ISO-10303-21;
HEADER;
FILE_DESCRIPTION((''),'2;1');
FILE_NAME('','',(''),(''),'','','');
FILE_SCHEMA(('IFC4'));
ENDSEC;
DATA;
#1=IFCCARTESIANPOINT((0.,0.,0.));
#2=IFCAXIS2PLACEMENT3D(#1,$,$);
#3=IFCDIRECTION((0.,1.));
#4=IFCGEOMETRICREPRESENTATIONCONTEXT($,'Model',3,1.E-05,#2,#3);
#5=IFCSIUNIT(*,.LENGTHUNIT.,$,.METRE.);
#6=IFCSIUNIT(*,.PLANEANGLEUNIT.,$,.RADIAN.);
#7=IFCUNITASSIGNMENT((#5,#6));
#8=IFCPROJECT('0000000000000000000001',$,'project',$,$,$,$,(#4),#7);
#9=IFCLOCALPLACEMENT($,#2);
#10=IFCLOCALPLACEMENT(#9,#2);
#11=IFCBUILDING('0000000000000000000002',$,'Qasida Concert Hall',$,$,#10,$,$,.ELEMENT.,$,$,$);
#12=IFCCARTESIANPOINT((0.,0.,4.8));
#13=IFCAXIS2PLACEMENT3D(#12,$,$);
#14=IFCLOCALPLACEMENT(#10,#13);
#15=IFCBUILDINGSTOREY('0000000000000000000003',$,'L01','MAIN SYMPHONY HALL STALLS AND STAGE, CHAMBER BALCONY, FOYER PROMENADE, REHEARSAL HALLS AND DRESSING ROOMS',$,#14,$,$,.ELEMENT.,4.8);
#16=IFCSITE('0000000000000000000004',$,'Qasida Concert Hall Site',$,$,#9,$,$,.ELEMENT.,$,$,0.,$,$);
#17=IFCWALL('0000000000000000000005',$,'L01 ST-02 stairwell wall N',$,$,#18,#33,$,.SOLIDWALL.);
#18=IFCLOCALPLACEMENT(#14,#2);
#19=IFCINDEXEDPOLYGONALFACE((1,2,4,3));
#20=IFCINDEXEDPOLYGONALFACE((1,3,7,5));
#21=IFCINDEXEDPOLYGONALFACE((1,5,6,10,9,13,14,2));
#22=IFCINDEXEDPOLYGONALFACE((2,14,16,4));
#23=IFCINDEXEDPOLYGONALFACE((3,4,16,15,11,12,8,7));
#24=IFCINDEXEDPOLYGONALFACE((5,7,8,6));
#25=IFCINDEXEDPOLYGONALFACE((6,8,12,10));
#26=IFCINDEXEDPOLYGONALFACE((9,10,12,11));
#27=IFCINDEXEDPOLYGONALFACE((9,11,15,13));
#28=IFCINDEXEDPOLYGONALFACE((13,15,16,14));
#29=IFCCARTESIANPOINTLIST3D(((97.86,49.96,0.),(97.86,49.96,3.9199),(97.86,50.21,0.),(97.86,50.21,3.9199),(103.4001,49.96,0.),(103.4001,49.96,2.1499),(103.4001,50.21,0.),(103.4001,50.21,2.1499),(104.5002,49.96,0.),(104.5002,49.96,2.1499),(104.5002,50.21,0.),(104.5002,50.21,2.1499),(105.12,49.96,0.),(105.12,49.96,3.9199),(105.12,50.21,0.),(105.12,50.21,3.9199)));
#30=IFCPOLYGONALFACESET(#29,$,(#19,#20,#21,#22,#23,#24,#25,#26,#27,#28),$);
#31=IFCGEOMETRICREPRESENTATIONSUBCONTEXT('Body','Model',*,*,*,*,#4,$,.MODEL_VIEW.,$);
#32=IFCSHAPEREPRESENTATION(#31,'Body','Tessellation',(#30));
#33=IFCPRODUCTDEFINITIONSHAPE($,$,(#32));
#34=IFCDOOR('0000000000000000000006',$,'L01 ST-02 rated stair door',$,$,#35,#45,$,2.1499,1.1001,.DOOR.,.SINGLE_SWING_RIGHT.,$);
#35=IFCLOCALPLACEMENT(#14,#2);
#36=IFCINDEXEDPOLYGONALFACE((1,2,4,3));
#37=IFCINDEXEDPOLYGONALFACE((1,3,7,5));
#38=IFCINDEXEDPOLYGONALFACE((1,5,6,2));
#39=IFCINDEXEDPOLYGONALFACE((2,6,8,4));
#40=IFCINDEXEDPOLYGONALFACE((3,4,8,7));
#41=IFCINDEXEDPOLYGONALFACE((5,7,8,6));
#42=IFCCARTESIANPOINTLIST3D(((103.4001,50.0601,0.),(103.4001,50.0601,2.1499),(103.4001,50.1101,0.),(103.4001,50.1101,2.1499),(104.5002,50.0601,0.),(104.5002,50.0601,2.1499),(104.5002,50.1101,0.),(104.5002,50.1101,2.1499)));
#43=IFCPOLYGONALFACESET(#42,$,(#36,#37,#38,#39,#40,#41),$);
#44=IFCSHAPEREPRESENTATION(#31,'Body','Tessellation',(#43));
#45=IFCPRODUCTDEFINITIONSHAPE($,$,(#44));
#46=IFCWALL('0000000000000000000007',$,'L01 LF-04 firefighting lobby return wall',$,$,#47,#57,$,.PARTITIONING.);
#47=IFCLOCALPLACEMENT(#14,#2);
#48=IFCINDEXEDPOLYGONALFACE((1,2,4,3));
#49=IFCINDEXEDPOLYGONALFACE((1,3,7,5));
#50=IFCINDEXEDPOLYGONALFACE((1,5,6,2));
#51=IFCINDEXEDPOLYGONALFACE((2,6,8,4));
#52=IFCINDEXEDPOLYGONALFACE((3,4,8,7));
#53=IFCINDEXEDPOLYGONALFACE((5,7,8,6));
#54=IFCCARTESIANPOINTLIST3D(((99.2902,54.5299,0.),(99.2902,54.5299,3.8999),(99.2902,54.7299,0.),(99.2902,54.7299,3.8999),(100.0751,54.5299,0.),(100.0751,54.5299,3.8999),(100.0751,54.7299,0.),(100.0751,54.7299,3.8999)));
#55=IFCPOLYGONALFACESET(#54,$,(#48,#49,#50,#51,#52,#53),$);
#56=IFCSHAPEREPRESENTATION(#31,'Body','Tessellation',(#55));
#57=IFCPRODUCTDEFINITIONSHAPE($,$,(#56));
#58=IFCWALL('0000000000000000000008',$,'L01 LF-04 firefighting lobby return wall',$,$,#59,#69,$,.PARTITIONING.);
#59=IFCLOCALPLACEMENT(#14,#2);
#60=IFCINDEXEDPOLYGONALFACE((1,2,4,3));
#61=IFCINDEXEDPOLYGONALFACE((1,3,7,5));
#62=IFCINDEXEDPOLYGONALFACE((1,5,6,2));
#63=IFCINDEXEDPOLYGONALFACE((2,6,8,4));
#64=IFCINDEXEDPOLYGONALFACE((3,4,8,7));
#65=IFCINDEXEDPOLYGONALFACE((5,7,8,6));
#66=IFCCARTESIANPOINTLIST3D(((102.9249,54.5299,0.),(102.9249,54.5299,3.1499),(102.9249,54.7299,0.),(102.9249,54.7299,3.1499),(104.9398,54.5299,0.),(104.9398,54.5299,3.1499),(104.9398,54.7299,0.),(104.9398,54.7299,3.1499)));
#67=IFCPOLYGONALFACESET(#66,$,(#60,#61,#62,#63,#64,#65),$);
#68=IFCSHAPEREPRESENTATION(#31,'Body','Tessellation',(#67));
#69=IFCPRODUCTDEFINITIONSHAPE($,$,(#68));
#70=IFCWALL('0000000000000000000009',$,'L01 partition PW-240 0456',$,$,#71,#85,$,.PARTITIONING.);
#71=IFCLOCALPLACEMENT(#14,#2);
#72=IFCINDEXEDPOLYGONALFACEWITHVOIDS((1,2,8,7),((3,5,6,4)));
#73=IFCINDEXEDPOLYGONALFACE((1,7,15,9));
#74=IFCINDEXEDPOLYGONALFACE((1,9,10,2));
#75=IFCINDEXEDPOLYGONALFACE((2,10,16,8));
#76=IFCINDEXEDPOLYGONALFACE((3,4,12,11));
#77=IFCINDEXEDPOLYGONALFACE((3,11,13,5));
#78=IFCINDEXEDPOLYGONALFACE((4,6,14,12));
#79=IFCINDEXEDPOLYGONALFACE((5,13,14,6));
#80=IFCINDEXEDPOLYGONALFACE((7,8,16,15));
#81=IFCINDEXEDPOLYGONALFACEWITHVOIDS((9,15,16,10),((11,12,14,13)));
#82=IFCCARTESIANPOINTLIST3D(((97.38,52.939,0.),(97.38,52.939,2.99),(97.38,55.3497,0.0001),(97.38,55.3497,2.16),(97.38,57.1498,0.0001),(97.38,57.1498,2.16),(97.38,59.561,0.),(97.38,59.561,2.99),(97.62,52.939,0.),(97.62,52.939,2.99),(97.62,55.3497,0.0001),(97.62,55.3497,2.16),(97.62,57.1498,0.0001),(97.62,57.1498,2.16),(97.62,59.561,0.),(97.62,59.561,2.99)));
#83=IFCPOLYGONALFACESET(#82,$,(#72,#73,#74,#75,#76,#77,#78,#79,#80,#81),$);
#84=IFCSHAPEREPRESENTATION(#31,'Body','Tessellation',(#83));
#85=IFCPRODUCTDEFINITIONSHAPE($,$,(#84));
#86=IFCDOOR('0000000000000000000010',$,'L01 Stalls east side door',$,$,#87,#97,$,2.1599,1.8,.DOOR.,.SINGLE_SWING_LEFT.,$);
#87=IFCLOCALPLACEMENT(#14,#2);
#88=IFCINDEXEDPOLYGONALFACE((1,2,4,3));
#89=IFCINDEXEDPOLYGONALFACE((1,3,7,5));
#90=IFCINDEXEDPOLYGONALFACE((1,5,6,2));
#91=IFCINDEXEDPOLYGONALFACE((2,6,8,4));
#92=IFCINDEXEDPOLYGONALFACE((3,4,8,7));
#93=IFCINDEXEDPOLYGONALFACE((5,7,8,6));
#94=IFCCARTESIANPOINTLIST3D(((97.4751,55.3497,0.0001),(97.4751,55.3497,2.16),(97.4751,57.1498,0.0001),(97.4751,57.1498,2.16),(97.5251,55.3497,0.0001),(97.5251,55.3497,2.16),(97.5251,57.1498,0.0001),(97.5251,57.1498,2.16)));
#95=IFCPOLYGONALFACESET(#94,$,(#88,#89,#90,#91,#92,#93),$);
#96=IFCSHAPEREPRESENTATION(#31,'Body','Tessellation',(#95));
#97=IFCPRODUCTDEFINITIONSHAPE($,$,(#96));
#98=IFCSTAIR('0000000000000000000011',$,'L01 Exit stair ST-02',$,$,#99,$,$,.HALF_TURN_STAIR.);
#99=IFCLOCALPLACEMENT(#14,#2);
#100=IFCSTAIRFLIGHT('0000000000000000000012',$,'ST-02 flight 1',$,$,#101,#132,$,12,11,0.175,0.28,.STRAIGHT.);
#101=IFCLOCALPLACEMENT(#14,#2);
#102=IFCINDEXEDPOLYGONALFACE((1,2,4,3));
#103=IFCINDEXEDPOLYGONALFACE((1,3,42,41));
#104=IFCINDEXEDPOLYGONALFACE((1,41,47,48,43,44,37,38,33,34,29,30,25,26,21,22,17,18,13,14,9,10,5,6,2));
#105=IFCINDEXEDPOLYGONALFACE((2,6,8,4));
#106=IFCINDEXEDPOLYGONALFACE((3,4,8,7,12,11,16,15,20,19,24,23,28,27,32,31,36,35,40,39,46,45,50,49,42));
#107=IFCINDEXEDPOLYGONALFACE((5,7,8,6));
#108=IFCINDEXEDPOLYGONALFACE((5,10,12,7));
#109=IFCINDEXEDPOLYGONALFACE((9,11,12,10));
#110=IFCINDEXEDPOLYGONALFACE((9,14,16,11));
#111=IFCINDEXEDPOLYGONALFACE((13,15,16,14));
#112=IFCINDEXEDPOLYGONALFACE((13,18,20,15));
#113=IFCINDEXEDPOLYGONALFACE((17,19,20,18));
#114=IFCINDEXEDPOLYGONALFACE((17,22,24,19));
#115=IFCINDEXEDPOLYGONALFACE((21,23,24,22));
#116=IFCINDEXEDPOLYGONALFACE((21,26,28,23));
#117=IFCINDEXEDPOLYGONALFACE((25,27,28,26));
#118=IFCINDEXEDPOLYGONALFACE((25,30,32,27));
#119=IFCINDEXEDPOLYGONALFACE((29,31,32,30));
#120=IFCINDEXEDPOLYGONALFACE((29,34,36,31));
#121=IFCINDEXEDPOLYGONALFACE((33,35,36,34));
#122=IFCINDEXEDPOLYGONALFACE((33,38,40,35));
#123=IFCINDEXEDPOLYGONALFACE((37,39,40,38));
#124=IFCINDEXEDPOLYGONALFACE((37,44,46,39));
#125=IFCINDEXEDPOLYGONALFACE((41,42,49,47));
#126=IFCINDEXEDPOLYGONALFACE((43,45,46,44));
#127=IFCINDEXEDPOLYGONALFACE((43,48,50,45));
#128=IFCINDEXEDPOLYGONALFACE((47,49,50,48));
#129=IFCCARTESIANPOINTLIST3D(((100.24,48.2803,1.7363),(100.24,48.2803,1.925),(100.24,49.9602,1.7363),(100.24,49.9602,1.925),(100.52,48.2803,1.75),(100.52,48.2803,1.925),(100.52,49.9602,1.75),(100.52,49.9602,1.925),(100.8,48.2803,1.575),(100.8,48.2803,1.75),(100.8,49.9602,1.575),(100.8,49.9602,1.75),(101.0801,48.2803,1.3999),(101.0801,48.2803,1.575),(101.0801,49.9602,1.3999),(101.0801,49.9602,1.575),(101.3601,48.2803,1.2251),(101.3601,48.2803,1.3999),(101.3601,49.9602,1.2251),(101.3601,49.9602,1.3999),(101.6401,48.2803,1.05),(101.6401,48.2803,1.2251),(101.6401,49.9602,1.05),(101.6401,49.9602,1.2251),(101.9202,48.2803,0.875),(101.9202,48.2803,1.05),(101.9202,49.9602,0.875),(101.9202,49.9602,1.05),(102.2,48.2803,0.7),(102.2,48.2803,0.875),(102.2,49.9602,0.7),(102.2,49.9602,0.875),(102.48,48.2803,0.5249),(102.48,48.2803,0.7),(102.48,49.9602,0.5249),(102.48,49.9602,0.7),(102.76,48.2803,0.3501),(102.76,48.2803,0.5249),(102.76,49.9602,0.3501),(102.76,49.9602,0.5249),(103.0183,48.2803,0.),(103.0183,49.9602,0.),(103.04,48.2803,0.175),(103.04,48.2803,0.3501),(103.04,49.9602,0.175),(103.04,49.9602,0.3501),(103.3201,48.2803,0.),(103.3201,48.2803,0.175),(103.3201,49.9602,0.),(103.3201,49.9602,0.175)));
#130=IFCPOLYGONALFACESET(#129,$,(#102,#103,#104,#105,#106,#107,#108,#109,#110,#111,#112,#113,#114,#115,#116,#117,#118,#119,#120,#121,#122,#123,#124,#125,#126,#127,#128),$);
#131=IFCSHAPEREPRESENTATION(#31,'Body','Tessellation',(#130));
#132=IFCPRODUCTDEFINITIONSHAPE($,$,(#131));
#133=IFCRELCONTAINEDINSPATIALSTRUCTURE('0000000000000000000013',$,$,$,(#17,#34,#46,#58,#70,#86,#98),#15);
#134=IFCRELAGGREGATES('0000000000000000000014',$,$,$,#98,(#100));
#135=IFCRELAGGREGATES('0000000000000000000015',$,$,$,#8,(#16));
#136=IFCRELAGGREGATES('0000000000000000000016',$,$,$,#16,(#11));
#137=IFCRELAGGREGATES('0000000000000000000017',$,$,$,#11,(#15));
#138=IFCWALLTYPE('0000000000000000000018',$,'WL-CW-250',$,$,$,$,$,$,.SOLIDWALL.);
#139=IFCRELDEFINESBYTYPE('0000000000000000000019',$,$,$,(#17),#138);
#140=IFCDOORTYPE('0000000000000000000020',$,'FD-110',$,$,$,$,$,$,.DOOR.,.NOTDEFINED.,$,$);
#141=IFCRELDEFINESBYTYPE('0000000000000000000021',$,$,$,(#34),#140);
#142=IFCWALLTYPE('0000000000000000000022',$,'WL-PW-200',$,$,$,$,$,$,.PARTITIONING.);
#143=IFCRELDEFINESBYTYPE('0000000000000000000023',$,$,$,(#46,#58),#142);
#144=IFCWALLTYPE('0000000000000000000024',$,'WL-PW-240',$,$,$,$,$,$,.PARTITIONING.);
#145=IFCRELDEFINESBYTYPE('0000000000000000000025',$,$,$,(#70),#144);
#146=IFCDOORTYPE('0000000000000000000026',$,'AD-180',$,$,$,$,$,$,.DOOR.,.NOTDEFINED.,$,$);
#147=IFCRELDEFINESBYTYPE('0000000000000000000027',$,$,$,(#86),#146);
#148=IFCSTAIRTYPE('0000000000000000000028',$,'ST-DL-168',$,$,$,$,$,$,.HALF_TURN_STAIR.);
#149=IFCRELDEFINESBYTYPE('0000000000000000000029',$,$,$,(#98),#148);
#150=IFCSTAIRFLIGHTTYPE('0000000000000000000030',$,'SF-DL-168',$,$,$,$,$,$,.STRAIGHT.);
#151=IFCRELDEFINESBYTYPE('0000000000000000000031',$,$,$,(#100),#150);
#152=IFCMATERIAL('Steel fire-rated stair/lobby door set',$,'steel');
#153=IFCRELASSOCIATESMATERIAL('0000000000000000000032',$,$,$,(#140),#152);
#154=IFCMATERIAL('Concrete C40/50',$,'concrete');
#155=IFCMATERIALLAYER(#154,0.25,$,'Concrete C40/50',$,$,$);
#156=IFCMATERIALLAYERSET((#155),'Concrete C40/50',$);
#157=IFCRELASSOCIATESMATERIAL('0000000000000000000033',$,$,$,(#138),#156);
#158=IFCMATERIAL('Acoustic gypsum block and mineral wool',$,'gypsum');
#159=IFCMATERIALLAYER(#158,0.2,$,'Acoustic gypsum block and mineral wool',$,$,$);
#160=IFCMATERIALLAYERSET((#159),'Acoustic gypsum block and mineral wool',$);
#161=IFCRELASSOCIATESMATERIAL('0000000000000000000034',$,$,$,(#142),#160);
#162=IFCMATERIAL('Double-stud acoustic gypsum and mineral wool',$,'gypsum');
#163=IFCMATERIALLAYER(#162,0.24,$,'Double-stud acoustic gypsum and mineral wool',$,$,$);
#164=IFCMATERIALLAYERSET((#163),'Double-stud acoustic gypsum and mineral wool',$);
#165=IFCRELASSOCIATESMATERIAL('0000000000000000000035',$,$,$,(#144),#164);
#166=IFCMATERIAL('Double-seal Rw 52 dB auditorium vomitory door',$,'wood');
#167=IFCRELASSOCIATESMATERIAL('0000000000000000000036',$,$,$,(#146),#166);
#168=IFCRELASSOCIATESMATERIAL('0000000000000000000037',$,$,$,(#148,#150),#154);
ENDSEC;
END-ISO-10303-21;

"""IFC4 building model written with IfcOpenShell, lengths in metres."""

from ifc_helpers import new_model, si_unit, direction, frame, frame_2d, origin, place, context, subcontext, project, spatial, polyline, rectangle, outline, extrude, material, layer, layer_set, type_object, element, fill, aggregate, save


model = new_model("IFC4")

# Units and contexts
model_context = context("Model", 3, precision=1e-05, world=origin(), true_north=direction((0.0, 1.0)))
body_context = subcontext(model_context, "Body", "Model", "MODEL_VIEW")
ifc_project = project(units=[si_unit("LENGTHUNIT", "METRE"), si_unit("PLANEANGLEUNIT", "RADIAN")], contexts=[model_context])

# Site, building, storey
site_placement = place(None, origin())
site = spatial("IfcSite", under=ifc_project, at=site_placement, Name="Qasida Concert Hall Site", CompositionType="ELEMENT", RefElevation=0.0)
building_placement = place(site_placement, origin())
building = spatial("IfcBuilding", under=site, at=building_placement, Name="Qasida Concert Hall", CompositionType="ELEMENT")
storey_placement = place(building_placement, frame((0.0, 0.0, 4.8)))
storey = spatial("IfcBuildingStorey", under=building, at=storey_placement, Name="L01", Description="MAIN SYMPHONY HALL STALLS AND STAGE, CHAMBER BALCONY, FOYER PROMENADE, REHEARSAL HALLS AND DRESSING ROOMS", CompositionType="ELEMENT", Elevation=4.8)

# Shared definitions
ifc_material_1 = material(Name="Concrete C40/50", Category="concrete")

# Wall, opening, door
ifc_material_2 = material(Name="Steel fire-rated stair/lobby door set", Category="steel")
door_type_1 = type_object("IfcDoorType", Name="FD-110", OperationType="NOTDEFINED", PredefinedType="DOOR", material=ifc_material_2)
ifc_layer_1 = layer(ifc_material_1, 0.25, Name="Concrete C40/50")
ifc_layer_set_1 = layer_set([ifc_layer_1], Name="Concrete C40/50")
wall_type_1 = type_object("IfcWallType", Name="WL-CW-250", PredefinedType="SOLIDWALL", material=ifc_layer_set_1)
wall_1_placement = place(storey_placement, frame((97.8601, 50.085, 0.0), z_axis=(0.0, 0.0, 1.0), x_axis=(1.0, 0.0, 0.0)))
wall_1 = element("IfcWall", 1, at=wall_1_placement, inside=storey, type_object=wall_type_1, Name="L01 ST-02 stairwell wall N", PredefinedType="SOLIDWALL", context=body_context, shape_type="SweptSolid", body=[
    extrude(rectangle(XDim=7.26, YDim=0.25, at=frame_2d((3.6299, 0.0))), origin(), (0.0, 0.0, 1.0), 3.9199),
])
opening_1_placement = place(wall_1_placement, frame((5.54, 0.0, 0.0)))
opening_1 = element("IfcOpeningElement", 2, at=opening_1_placement, cuts=wall_1, PredefinedType="OPENING", context=body_context, shape_type="SweptSolid", body=[
    extrude(rectangle(XDim=1.1001, YDim=2.1499, at=frame_2d((0.55, 1.075))), frame((0.0, 0.135, 0.0), z_axis=(0.0, -1.0, 0.0), x_axis=(1.0, 0.0, 0.0)), (0.0, 0.0, 1.0), 0.27),
])
door_1_placement = place(opening_1_placement, frame((1.1001, 0.0, 0.0), z_axis=(0.0, 0.0, 1.0), x_axis=(-1.0, 0.0, 0.0)))
door_1 = element("IfcDoor", 3, at=door_1_placement, inside=storey, type_object=door_type_1, Name="L01 ST-02 rated stair door", OperationType="SINGLE_SWING_RIGHT", OverallHeight=2.1499, OverallWidth=1.1001, PredefinedType="DOOR", context=body_context, shape_type="SweptSolid", body=[
    extrude(rectangle(XDim=1.1001, YDim=2.1499, at=frame_2d((0.55, 1.075))), frame((0.0, 0.0249, 0.0), z_axis=(0.0, -1.0, 0.0), x_axis=(1.0, 0.0, 0.0)), (0.0, 0.0, 1.0), 0.05),
])
fill(opening_1, door_1)

# Walls
ifc_material_3 = material(Name="Acoustic gypsum block and mineral wool", Category="gypsum")
ifc_layer_2 = layer(ifc_material_3, 0.2, Name="Acoustic gypsum block and mineral wool")
ifc_layer_set_2 = layer_set([ifc_layer_2], Name="Acoustic gypsum block and mineral wool")
wall_type_2 = type_object("IfcWallType", Name="WL-PW-200", PredefinedType="PARTITIONING", material=ifc_layer_set_2)
wall_2_placement = place(storey_placement, frame((99.29, 54.6299, 0.0), z_axis=(0.0, 0.0, 1.0), x_axis=(1.0, 0.0, 0.0)))
element("IfcWall", 4, at=wall_2_placement, inside=storey, type_object=wall_type_2, Name="L01 LF-04 firefighting lobby return wall", PredefinedType="PARTITIONING", context=body_context, shape_type="SweptSolid", body=[
    extrude(rectangle(XDim=0.7849, YDim=0.2, at=frame_2d((0.3926, 0.0))), origin(), (0.0, 0.0, 1.0), 3.8999),
])
wall_3_placement = place(storey_placement, frame((102.925, 54.6299, 0.0), z_axis=(0.0, 0.0, 1.0), x_axis=(1.0, 0.0, 0.0)))
element("IfcWall", 5, at=wall_3_placement, inside=storey, type_object=wall_type_2, Name="L01 LF-04 firefighting lobby return wall", PredefinedType="PARTITIONING", context=body_context, shape_type="SweptSolid", body=[
    extrude(rectangle(XDim=2.0149, YDim=0.2, at=frame_2d((1.0073, 0.0))), origin(), (0.0, 0.0, 1.0), 3.1499),
])

# Wall, opening, door
ifc_material_4 = material(Name="Double-stud acoustic gypsum and mineral wool", Category="gypsum")
ifc_layer_3 = layer(ifc_material_4, 0.24, Name="Double-stud acoustic gypsum and mineral wool")
ifc_layer_set_3 = layer_set([ifc_layer_3], Name="Double-stud acoustic gypsum and mineral wool")
wall_type_3 = type_object("IfcWallType", Name="WL-PW-240", PredefinedType="PARTITIONING", material=ifc_layer_set_3)
wall_4_placement = place(storey_placement, frame((97.5, 52.939, 0.0), z_axis=(0.0, 0.0, 1.0), x_axis=(0.0, 1.0, 0.0)))
wall_4 = element("IfcWall", 6, at=wall_4_placement, inside=storey, type_object=wall_type_3, Name="L01 partition PW-240 0456", PredefinedType="PARTITIONING", context=body_context, shape_type="SweptSolid", body=[
    extrude(rectangle(XDim=6.6221, YDim=0.24, at=frame_2d((3.311, 0.0))), origin(), (0.0, 0.0, 1.0), 2.99),
])
opening_2_placement = place(wall_4_placement, frame((2.4109, 0.0, 0.0)))
opening_2 = element("IfcOpeningElement", 7, at=opening_2_placement, cuts=wall_4, PredefinedType="OPENING", context=body_context, shape_type="SweptSolid", body=[
    extrude(rectangle(XDim=1.8, YDim=2.1599, at=frame_2d((0.8999, 1.0801))), frame((0.0, 0.1299, 0.0), z_axis=(0.0, -1.0, 0.0), x_axis=(1.0, 0.0, 0.0)), (0.0, 0.0, 1.0), 0.26),
])
ifc_material_5 = material(Name="Double-seal Rw 52 dB auditorium vomitory door", Category="wood")
door_type_2 = type_object("IfcDoorType", Name="AD-180", OperationType="NOTDEFINED", PredefinedType="DOOR", material=ifc_material_5)
door_2_placement = place(opening_2_placement, origin())
door_2 = element("IfcDoor", 8, at=door_2_placement, inside=storey, type_object=door_type_2, Name="L01 Stalls east side door", OperationType="SINGLE_SWING_LEFT", OverallHeight=2.1599, OverallWidth=1.8, PredefinedType="DOOR", context=body_context, shape_type="SweptSolid", body=[
    extrude(rectangle(XDim=1.8, YDim=2.1599, at=frame_2d((0.8999, 1.0801))), frame((0.0, 0.0249, 0.0), z_axis=(0.0, -1.0, 0.0), x_axis=(1.0, 0.0, 0.0)), (0.0, 0.0, 1.0), 0.05),
])
fill(opening_2, door_2)

# Stair, stair flight
stair_type = type_object("IfcStairType", Name="ST-DL-168", PredefinedType="HALF_TURN_STAIR", material=ifc_material_1)
stair_placement = place(storey_placement, origin())
stair = element("IfcStair", 9, at=stair_placement, inside=storey, type_object=stair_type, Name="L01 Exit stair ST-02", PredefinedType="HALF_TURN_STAIR")
stair_flight_type = type_object("IfcStairFlightType", Name="SF-DL-168", PredefinedType="STRAIGHT", material=ifc_material_1)
stair_flight_placement = place(storey_placement, frame((103.3201, 49.1201, 0.0), z_axis=(0.0, 0.0, 1.0), x_axis=(-1.0, 0.0, 0.0)))
stair_flight = element("IfcStairFlight", 10, at=stair_flight_placement, type_object=stair_flight_type, Name="ST-02 flight 1", NumberOfRisers=12, NumberOfTreads=11, PredefinedType="STRAIGHT", RiserHeight=0.175, TreadLength=0.28, context=body_context, shape_type="SweptSolid", body=[
    extrude(outline(polyline([(0.0, 0.0), (0.0, 0.175), (0.28, 0.175), (0.28, 0.3501), (0.5601, 0.3501), (0.5601, 0.5249), (0.8401, 0.5249), (0.8401, 0.7), (1.1201, 0.7), (1.1201, 0.875), (1.3999, 0.875), (1.3999, 1.05), (1.6799, 1.05), (1.6799, 1.2251), (1.96, 1.2251), (1.96, 1.3999), (2.24, 1.3999), (2.24, 1.575), (2.52, 1.575), (2.52, 1.75), (2.8, 1.75), (2.8, 1.925), (3.0801, 1.925), (3.0801, 2.1001), (3.0801, 1.7363), (0.3018, 0.0), (0.0, 0.0)])), frame((0.0, 0.8398, 0.0), z_axis=(0.0, -1.0, 0.0), x_axis=(1.0, 0.0, 0.0)), (0.0, 0.0, 1.0), 1.6799),
])
aggregate(stair, [stair_flight])

save(model, "model.ifc")
